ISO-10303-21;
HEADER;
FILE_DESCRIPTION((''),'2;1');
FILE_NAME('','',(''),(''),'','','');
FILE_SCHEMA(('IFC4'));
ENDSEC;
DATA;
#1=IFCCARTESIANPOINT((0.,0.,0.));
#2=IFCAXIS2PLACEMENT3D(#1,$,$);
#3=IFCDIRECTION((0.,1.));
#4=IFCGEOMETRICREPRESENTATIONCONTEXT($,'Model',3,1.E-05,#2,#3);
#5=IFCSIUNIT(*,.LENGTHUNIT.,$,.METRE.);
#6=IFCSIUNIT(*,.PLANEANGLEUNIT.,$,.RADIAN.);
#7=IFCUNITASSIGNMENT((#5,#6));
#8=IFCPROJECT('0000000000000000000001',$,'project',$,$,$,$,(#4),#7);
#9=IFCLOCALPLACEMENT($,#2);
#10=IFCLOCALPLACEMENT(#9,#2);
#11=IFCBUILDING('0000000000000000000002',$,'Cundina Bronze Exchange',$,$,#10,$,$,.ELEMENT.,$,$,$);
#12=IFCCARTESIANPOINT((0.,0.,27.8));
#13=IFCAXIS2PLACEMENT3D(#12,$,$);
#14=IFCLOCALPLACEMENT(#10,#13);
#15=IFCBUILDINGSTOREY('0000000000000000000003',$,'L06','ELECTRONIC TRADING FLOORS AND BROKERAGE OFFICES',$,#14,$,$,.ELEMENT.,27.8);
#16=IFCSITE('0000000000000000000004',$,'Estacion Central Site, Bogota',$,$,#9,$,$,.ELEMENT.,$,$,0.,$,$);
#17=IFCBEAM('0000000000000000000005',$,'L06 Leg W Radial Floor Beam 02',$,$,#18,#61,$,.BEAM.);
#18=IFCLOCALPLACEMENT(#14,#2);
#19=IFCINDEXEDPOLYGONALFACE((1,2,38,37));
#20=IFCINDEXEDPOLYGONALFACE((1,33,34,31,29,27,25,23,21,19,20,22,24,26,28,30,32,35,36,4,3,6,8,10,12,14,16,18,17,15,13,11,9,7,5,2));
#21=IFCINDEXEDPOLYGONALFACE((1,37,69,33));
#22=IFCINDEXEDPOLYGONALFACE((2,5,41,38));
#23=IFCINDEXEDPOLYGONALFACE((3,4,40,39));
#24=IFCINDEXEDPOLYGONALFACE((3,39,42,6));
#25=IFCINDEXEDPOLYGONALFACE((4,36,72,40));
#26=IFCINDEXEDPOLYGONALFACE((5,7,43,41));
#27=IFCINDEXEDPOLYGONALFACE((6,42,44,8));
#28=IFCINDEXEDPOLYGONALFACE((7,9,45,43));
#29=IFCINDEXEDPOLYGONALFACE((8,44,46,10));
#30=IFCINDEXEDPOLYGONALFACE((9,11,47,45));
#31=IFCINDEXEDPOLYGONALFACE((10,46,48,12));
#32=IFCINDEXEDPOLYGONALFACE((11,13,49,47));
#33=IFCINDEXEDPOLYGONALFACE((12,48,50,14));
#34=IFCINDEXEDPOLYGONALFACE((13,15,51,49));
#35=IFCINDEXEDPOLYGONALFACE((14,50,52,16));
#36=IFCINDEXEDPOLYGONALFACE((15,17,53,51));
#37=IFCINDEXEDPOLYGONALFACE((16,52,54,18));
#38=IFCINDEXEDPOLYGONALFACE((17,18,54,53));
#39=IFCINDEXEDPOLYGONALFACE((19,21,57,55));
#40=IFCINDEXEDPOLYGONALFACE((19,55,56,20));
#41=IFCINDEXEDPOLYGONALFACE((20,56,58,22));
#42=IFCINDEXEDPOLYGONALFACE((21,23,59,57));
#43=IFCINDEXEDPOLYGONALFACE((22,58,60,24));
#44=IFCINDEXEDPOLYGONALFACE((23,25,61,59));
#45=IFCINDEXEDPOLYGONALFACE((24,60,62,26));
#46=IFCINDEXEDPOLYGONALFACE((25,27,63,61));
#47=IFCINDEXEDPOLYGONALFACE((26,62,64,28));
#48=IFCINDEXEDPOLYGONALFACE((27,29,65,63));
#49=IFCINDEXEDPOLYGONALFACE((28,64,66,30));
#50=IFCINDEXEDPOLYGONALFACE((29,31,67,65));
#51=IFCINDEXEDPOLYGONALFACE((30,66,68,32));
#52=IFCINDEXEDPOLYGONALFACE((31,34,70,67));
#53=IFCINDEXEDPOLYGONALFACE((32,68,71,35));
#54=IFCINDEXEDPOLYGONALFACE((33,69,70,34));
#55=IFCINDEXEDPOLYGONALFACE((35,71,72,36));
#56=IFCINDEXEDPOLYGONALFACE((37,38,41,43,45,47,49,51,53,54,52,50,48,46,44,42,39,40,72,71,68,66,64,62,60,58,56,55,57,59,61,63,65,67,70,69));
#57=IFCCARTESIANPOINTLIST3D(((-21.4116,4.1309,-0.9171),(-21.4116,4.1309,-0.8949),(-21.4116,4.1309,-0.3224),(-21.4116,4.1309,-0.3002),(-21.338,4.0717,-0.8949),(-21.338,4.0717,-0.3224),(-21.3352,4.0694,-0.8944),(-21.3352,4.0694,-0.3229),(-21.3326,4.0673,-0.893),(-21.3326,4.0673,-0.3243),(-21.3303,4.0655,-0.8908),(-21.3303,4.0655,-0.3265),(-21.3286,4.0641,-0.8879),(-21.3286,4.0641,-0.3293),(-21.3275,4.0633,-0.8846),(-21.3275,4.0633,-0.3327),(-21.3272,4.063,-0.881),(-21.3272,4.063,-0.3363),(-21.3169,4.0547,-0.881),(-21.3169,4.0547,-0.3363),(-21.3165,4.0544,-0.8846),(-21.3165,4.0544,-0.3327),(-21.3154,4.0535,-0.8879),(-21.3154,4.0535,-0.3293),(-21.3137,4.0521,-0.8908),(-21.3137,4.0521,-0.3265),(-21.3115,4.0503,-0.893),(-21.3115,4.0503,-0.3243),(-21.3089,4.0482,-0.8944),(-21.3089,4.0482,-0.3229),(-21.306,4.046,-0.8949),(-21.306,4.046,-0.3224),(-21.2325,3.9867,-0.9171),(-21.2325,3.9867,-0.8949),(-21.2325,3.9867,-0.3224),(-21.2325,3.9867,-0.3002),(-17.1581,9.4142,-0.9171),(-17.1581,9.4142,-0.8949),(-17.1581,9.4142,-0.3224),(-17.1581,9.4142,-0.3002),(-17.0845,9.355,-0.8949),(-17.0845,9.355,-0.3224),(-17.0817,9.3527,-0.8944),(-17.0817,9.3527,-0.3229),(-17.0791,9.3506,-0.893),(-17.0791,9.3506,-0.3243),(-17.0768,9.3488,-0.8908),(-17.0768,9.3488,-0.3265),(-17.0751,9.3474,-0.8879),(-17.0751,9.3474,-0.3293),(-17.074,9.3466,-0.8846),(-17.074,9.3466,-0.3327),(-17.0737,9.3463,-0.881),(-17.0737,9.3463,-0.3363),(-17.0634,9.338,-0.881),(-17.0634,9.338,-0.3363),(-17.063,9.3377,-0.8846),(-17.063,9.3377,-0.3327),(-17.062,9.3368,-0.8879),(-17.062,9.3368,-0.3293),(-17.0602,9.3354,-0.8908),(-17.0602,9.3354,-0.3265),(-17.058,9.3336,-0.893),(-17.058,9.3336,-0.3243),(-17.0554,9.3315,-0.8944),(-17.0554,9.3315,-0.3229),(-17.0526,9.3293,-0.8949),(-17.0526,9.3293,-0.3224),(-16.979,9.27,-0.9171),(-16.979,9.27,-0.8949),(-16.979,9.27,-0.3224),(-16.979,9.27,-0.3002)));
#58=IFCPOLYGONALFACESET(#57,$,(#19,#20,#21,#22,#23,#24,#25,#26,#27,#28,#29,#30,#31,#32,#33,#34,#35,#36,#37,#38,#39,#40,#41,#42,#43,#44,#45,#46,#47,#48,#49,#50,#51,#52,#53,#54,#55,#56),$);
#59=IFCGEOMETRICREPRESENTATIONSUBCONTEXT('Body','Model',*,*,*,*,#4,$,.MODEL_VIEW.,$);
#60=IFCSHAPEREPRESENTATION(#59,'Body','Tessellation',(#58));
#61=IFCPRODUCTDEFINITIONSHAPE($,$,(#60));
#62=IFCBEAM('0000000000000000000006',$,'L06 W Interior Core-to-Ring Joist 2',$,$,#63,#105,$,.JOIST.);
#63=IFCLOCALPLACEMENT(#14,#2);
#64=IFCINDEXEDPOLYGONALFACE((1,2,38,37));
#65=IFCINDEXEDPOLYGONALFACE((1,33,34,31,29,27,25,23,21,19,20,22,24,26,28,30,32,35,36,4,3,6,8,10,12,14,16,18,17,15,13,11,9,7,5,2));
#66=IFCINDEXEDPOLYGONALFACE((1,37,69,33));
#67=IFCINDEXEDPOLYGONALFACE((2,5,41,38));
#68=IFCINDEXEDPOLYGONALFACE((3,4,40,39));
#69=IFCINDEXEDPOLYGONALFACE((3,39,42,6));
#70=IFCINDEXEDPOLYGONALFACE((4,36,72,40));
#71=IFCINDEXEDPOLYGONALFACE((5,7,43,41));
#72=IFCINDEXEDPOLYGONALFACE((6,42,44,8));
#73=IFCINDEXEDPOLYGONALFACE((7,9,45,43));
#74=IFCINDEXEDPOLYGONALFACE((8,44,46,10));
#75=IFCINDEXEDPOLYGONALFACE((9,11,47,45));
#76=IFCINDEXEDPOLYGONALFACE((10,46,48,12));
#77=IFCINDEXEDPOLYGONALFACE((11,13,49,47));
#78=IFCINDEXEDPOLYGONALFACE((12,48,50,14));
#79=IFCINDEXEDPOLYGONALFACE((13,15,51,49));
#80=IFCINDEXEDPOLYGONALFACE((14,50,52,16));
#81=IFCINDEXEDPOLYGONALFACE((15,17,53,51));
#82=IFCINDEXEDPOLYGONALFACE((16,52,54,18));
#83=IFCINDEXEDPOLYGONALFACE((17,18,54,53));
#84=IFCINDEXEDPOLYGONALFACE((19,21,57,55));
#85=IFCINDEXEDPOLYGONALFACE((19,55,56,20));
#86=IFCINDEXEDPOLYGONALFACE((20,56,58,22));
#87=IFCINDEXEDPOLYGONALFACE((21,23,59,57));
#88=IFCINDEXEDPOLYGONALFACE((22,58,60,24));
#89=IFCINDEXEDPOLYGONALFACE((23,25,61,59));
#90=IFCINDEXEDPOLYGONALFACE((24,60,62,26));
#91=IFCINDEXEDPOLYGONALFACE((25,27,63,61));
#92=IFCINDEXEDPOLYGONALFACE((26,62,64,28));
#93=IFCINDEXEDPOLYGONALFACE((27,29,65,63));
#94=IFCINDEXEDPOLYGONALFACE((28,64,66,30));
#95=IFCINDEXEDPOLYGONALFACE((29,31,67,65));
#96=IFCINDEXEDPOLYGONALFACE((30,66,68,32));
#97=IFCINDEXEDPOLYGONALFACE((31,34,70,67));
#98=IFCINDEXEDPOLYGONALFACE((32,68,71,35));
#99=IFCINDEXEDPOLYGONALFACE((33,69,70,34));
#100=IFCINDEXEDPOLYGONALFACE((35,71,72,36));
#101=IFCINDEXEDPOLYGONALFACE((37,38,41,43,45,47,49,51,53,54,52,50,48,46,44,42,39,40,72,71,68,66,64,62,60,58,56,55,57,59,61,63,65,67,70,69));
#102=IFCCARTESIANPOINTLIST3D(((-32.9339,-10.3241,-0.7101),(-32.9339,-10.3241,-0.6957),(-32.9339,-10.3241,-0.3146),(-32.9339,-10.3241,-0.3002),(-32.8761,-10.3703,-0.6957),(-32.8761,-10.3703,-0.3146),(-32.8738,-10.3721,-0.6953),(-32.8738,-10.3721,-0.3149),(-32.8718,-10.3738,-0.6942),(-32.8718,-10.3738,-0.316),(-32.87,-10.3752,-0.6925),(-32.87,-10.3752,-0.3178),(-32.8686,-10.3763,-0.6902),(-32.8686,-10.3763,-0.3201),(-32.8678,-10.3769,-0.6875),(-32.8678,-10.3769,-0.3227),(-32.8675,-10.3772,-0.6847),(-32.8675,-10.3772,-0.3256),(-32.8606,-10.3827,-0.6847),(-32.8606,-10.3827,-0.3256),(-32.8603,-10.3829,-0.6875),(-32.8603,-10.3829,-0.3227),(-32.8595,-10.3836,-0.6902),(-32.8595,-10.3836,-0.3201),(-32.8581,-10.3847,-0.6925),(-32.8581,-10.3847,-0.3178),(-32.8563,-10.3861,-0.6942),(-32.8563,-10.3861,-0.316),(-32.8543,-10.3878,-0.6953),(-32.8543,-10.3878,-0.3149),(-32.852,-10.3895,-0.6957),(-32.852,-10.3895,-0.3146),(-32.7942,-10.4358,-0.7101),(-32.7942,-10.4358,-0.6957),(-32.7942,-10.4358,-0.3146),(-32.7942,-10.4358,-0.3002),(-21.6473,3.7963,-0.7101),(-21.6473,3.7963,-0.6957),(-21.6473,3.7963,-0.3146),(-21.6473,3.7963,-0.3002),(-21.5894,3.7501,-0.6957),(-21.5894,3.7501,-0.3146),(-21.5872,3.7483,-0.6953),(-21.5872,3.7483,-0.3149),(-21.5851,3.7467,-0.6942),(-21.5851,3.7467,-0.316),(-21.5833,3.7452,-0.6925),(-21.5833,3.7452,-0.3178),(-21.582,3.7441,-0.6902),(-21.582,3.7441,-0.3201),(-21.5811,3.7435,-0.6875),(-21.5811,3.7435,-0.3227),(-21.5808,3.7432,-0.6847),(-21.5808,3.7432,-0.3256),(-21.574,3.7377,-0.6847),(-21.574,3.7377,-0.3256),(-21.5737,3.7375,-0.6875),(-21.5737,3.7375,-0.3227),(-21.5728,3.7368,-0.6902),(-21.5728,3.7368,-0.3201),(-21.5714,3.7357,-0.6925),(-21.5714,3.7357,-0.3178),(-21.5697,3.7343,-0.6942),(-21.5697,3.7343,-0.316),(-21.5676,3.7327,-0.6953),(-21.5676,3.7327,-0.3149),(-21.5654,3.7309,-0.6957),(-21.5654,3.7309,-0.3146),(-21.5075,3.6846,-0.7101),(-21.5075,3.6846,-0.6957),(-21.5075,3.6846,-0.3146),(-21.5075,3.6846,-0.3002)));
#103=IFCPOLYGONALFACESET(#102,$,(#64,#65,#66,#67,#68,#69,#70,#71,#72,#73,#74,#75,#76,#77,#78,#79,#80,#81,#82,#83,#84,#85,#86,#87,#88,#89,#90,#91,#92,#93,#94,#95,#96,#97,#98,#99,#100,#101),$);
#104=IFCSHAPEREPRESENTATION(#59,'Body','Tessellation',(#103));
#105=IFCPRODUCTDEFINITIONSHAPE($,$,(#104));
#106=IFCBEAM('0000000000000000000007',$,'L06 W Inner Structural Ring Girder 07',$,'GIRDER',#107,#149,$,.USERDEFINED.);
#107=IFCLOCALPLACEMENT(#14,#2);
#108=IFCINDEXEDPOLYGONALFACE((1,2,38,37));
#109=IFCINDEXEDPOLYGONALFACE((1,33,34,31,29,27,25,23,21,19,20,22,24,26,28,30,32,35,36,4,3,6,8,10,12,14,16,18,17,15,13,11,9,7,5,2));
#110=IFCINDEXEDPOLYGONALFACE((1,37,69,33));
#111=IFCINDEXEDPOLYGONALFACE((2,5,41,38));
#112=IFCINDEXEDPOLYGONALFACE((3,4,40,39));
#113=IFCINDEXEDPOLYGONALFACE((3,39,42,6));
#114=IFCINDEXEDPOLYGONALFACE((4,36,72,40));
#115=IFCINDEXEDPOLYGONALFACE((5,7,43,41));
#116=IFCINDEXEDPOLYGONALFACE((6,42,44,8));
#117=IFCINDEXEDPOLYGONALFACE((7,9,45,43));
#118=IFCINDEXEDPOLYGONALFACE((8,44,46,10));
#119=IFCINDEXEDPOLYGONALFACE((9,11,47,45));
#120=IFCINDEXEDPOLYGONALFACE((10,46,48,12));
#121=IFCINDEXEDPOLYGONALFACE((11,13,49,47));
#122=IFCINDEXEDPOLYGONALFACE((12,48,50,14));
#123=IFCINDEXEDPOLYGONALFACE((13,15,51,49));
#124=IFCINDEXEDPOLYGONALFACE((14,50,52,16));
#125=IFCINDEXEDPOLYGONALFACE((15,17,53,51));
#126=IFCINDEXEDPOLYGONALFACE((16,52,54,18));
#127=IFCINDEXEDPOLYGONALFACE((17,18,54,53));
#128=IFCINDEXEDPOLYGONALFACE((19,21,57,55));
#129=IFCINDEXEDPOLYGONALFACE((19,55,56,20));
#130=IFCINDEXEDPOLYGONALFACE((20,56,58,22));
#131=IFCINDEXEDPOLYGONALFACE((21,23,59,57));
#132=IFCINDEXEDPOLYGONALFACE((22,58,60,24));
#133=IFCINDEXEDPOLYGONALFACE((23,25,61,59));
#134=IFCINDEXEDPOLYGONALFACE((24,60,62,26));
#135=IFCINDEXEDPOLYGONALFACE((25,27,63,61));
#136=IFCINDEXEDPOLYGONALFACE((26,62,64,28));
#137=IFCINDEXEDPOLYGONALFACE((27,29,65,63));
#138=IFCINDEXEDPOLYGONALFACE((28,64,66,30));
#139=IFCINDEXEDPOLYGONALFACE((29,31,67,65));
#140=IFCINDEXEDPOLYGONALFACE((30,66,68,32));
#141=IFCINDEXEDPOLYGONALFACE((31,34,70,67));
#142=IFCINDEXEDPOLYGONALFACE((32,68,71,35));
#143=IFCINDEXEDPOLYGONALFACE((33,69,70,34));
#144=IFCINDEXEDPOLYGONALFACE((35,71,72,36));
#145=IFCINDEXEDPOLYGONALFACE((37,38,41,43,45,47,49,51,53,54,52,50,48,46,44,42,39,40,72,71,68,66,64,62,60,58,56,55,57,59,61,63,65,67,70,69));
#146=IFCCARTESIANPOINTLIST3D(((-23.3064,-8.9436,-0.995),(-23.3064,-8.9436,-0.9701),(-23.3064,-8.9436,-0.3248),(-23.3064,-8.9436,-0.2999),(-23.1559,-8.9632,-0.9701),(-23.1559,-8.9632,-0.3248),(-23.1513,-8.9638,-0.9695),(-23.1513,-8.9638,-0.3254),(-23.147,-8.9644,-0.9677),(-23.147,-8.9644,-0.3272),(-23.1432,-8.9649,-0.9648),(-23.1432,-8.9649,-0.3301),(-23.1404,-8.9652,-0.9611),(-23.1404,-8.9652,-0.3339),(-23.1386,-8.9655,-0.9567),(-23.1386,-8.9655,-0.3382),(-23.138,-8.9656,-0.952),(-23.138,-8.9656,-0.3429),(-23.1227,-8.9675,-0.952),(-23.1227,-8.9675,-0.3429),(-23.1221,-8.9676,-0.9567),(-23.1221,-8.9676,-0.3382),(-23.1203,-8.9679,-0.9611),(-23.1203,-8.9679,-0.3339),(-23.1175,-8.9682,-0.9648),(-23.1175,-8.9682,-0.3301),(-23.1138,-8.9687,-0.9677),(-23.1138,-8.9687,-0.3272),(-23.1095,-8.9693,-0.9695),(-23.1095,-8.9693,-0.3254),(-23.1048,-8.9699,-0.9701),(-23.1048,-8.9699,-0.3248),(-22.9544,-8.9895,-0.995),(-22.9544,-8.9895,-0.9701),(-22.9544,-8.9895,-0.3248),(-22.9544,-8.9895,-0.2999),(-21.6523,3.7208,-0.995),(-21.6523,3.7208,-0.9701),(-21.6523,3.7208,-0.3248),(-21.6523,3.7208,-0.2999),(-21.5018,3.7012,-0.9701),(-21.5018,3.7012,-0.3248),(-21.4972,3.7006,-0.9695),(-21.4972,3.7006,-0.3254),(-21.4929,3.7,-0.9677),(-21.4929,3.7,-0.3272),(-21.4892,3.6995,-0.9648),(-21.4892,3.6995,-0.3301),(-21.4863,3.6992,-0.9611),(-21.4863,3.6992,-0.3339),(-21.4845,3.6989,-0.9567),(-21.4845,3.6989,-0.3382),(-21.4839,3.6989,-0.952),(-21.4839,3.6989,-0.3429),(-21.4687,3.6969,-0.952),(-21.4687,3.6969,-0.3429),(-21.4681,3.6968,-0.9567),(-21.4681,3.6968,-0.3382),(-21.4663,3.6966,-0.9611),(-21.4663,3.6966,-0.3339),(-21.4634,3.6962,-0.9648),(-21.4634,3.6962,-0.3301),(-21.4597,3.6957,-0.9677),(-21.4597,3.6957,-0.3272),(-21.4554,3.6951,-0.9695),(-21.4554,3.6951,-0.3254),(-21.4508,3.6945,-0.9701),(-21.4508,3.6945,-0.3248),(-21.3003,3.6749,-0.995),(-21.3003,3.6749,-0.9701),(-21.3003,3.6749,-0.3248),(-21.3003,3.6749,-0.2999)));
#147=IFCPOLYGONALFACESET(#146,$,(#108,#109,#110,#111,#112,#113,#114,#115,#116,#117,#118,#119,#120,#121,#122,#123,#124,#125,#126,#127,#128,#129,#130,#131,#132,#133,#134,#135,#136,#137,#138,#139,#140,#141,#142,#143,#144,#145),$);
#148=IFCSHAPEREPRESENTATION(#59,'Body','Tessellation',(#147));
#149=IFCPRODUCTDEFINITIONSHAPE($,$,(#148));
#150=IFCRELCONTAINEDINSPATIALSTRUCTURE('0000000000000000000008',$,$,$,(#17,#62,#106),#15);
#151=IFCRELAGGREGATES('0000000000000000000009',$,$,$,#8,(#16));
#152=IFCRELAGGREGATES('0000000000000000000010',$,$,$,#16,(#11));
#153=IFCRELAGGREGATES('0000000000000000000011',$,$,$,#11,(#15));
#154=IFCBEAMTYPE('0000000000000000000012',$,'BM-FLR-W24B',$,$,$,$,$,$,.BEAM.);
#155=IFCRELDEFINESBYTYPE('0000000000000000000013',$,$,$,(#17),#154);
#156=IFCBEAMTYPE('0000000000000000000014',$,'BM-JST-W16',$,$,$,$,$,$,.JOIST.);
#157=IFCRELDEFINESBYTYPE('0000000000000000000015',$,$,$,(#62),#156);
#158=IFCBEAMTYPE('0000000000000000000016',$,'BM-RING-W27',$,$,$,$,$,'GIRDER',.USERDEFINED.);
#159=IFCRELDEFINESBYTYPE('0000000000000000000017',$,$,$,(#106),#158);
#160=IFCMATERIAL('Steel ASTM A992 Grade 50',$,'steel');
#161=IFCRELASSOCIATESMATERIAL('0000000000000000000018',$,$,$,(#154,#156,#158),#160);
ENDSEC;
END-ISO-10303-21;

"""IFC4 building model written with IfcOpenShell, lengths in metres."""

from ifc_helpers import new_model, si_unit, direction, frame, origin, origin_2d, place, context, subcontext, project, spatial, i_section, extrude, material, material_profile, profile_set, type_object, element, save


model = new_model("IFC4")

# Units and contexts
model_context = context("Model", 3, precision=1e-05, world=origin(), true_north=direction((0.0, 1.0)))
body_context = subcontext(model_context, "Body", "Model", "MODEL_VIEW")
ifc_project = project(units=[si_unit("LENGTHUNIT", "METRE"), si_unit("PLANEANGLEUNIT", "RADIAN")], contexts=[model_context])

# Site, building, storey
site_placement = place(None, origin())
site = spatial("IfcSite", under=ifc_project, at=site_placement, Name="Estacion Central Site, Bogota", CompositionType="ELEMENT", RefElevation=0.0)
building_placement = place(site_placement, origin())
building = spatial("IfcBuilding", under=site, at=building_placement, Name="Cundina Bronze Exchange", CompositionType="ELEMENT")
storey_placement = place(building_placement, frame((0.0, 0.0, 27.8)))
storey = spatial("IfcBuildingStorey", under=building, at=storey_placement, Name="L06", Description="ELECTRONIC TRADING FLOORS AND BROKERAGE OFFICES", CompositionType="ELEMENT", Elevation=27.8)

# Shared definitions
ifc_material_1 = material(Name="Steel ASTM A992 Grade 50", Category="steel")

# Beams
ifc_material_profile_1 = material_profile(ifc_material_1, i_section(OverallWidth=0.23, OverallDepth=0.6169, WebThickness=0.0132, FlangeThickness=0.0222, FilletRadius=0.0139, at=origin_2d()), Name="W24X94", Category="steel")
ifc_profile_set_1 = profile_set([ifc_material_profile_1], Name="Steel ASTM A992 Grade 50")
beam_type_1 = type_object("IfcBeamType", Name="BM-FLR-W24B", PredefinedType="BEAM", material=ifc_profile_set_1)
beam_1_placement = place(storey_placement, frame((-21.322, 4.0588, -0.6086), z_axis=(0.627106, 0.778934, 0.0), x_axis=(-0.778934, 0.627106, 0.0)))
element("IfcBeam", 1, at=beam_1_placement, inside=storey, type_object=beam_type_1, Name="L06 Leg W Radial Floor Beam 02", PredefinedType="BEAM", context=body_context, shape_type="SweptSolid", body=[
    extrude(i_section(OverallWidth=0.23, OverallDepth=0.6169, WebThickness=0.0132, FlangeThickness=0.0222, FilletRadius=0.0139, at=origin_2d()), origin(), (0.0, 0.0, 1.0), 6.7827),
])
ifc_material_profile_2 = material_profile(ifc_material_1, i_section(OverallWidth=0.179, OverallDepth=0.4099, WebThickness=0.0088, FlangeThickness=0.0144, FilletRadius=0.011, at=origin_2d()), Name="W16X45", Category="steel")
ifc_profile_set_2 = profile_set([ifc_material_profile_2], Name="Steel ASTM A992 Grade 50")
beam_type_2 = type_object("IfcBeamType", Name="BM-JST-W16", PredefinedType="JOIST", material=ifc_profile_set_2)
beam_2_placement = place(storey_placement, frame((-21.5774, 3.7405, -0.5051), z_axis=(-0.624369, -0.78113, 0.0), x_axis=(0.78113, -0.624369, 0.0)))
element("IfcBeam", 2, at=beam_2_placement, inside=storey, type_object=beam_type_2, Name="L06 W Interior Core-to-Ring Joist 2", PredefinedType="JOIST", context=body_context, shape_type="SweptSolid", body=[
    extrude(i_section(OverallWidth=0.179, OverallDepth=0.4099, WebThickness=0.0088, FlangeThickness=0.0144, FilletRadius=0.011, at=origin_2d()), origin(), (0.0, 0.0, 1.0), 18.0769),
])
ifc_material_profile_3 = material_profile(ifc_material_1, i_section(OverallWidth=0.355, OverallDepth=0.6951, WebThickness=0.0154, FlangeThickness=0.0249, FilletRadius=0.0181, at=origin_2d()), Name="W27X146", Category="steel")
ifc_profile_set_3 = profile_set([ifc_material_profile_3], Name="Steel ASTM A992 Grade 50")
beam_type_3 = type_object("IfcBeamType", Name="BM-RING-W27", ElementType="GIRDER", PredefinedType="USERDEFINED", material=ifc_profile_set_3)
beam_3_placement = place(storey_placement, frame((-23.1304, -8.9666, -0.6475), z_axis=(0.129508, 0.991578, 0.0), x_axis=(-0.991578, 0.129508, 0.0)))
element("IfcBeam", 3, at=beam_3_placement, inside=storey, type_object=beam_type_3, Name="L06 W Inner Structural Ring Girder 07", ObjectType="GIRDER", PredefinedType="USERDEFINED", context=body_context, shape_type="SweptSolid", body=[
    extrude(i_section(OverallWidth=0.355, OverallDepth=0.6951, WebThickness=0.0154, FlangeThickness=0.0249, FilletRadius=0.0181, at=origin_2d()), origin(), (0.0, 0.0, 1.0), 12.772),
])

save(model, "model.ifc")
